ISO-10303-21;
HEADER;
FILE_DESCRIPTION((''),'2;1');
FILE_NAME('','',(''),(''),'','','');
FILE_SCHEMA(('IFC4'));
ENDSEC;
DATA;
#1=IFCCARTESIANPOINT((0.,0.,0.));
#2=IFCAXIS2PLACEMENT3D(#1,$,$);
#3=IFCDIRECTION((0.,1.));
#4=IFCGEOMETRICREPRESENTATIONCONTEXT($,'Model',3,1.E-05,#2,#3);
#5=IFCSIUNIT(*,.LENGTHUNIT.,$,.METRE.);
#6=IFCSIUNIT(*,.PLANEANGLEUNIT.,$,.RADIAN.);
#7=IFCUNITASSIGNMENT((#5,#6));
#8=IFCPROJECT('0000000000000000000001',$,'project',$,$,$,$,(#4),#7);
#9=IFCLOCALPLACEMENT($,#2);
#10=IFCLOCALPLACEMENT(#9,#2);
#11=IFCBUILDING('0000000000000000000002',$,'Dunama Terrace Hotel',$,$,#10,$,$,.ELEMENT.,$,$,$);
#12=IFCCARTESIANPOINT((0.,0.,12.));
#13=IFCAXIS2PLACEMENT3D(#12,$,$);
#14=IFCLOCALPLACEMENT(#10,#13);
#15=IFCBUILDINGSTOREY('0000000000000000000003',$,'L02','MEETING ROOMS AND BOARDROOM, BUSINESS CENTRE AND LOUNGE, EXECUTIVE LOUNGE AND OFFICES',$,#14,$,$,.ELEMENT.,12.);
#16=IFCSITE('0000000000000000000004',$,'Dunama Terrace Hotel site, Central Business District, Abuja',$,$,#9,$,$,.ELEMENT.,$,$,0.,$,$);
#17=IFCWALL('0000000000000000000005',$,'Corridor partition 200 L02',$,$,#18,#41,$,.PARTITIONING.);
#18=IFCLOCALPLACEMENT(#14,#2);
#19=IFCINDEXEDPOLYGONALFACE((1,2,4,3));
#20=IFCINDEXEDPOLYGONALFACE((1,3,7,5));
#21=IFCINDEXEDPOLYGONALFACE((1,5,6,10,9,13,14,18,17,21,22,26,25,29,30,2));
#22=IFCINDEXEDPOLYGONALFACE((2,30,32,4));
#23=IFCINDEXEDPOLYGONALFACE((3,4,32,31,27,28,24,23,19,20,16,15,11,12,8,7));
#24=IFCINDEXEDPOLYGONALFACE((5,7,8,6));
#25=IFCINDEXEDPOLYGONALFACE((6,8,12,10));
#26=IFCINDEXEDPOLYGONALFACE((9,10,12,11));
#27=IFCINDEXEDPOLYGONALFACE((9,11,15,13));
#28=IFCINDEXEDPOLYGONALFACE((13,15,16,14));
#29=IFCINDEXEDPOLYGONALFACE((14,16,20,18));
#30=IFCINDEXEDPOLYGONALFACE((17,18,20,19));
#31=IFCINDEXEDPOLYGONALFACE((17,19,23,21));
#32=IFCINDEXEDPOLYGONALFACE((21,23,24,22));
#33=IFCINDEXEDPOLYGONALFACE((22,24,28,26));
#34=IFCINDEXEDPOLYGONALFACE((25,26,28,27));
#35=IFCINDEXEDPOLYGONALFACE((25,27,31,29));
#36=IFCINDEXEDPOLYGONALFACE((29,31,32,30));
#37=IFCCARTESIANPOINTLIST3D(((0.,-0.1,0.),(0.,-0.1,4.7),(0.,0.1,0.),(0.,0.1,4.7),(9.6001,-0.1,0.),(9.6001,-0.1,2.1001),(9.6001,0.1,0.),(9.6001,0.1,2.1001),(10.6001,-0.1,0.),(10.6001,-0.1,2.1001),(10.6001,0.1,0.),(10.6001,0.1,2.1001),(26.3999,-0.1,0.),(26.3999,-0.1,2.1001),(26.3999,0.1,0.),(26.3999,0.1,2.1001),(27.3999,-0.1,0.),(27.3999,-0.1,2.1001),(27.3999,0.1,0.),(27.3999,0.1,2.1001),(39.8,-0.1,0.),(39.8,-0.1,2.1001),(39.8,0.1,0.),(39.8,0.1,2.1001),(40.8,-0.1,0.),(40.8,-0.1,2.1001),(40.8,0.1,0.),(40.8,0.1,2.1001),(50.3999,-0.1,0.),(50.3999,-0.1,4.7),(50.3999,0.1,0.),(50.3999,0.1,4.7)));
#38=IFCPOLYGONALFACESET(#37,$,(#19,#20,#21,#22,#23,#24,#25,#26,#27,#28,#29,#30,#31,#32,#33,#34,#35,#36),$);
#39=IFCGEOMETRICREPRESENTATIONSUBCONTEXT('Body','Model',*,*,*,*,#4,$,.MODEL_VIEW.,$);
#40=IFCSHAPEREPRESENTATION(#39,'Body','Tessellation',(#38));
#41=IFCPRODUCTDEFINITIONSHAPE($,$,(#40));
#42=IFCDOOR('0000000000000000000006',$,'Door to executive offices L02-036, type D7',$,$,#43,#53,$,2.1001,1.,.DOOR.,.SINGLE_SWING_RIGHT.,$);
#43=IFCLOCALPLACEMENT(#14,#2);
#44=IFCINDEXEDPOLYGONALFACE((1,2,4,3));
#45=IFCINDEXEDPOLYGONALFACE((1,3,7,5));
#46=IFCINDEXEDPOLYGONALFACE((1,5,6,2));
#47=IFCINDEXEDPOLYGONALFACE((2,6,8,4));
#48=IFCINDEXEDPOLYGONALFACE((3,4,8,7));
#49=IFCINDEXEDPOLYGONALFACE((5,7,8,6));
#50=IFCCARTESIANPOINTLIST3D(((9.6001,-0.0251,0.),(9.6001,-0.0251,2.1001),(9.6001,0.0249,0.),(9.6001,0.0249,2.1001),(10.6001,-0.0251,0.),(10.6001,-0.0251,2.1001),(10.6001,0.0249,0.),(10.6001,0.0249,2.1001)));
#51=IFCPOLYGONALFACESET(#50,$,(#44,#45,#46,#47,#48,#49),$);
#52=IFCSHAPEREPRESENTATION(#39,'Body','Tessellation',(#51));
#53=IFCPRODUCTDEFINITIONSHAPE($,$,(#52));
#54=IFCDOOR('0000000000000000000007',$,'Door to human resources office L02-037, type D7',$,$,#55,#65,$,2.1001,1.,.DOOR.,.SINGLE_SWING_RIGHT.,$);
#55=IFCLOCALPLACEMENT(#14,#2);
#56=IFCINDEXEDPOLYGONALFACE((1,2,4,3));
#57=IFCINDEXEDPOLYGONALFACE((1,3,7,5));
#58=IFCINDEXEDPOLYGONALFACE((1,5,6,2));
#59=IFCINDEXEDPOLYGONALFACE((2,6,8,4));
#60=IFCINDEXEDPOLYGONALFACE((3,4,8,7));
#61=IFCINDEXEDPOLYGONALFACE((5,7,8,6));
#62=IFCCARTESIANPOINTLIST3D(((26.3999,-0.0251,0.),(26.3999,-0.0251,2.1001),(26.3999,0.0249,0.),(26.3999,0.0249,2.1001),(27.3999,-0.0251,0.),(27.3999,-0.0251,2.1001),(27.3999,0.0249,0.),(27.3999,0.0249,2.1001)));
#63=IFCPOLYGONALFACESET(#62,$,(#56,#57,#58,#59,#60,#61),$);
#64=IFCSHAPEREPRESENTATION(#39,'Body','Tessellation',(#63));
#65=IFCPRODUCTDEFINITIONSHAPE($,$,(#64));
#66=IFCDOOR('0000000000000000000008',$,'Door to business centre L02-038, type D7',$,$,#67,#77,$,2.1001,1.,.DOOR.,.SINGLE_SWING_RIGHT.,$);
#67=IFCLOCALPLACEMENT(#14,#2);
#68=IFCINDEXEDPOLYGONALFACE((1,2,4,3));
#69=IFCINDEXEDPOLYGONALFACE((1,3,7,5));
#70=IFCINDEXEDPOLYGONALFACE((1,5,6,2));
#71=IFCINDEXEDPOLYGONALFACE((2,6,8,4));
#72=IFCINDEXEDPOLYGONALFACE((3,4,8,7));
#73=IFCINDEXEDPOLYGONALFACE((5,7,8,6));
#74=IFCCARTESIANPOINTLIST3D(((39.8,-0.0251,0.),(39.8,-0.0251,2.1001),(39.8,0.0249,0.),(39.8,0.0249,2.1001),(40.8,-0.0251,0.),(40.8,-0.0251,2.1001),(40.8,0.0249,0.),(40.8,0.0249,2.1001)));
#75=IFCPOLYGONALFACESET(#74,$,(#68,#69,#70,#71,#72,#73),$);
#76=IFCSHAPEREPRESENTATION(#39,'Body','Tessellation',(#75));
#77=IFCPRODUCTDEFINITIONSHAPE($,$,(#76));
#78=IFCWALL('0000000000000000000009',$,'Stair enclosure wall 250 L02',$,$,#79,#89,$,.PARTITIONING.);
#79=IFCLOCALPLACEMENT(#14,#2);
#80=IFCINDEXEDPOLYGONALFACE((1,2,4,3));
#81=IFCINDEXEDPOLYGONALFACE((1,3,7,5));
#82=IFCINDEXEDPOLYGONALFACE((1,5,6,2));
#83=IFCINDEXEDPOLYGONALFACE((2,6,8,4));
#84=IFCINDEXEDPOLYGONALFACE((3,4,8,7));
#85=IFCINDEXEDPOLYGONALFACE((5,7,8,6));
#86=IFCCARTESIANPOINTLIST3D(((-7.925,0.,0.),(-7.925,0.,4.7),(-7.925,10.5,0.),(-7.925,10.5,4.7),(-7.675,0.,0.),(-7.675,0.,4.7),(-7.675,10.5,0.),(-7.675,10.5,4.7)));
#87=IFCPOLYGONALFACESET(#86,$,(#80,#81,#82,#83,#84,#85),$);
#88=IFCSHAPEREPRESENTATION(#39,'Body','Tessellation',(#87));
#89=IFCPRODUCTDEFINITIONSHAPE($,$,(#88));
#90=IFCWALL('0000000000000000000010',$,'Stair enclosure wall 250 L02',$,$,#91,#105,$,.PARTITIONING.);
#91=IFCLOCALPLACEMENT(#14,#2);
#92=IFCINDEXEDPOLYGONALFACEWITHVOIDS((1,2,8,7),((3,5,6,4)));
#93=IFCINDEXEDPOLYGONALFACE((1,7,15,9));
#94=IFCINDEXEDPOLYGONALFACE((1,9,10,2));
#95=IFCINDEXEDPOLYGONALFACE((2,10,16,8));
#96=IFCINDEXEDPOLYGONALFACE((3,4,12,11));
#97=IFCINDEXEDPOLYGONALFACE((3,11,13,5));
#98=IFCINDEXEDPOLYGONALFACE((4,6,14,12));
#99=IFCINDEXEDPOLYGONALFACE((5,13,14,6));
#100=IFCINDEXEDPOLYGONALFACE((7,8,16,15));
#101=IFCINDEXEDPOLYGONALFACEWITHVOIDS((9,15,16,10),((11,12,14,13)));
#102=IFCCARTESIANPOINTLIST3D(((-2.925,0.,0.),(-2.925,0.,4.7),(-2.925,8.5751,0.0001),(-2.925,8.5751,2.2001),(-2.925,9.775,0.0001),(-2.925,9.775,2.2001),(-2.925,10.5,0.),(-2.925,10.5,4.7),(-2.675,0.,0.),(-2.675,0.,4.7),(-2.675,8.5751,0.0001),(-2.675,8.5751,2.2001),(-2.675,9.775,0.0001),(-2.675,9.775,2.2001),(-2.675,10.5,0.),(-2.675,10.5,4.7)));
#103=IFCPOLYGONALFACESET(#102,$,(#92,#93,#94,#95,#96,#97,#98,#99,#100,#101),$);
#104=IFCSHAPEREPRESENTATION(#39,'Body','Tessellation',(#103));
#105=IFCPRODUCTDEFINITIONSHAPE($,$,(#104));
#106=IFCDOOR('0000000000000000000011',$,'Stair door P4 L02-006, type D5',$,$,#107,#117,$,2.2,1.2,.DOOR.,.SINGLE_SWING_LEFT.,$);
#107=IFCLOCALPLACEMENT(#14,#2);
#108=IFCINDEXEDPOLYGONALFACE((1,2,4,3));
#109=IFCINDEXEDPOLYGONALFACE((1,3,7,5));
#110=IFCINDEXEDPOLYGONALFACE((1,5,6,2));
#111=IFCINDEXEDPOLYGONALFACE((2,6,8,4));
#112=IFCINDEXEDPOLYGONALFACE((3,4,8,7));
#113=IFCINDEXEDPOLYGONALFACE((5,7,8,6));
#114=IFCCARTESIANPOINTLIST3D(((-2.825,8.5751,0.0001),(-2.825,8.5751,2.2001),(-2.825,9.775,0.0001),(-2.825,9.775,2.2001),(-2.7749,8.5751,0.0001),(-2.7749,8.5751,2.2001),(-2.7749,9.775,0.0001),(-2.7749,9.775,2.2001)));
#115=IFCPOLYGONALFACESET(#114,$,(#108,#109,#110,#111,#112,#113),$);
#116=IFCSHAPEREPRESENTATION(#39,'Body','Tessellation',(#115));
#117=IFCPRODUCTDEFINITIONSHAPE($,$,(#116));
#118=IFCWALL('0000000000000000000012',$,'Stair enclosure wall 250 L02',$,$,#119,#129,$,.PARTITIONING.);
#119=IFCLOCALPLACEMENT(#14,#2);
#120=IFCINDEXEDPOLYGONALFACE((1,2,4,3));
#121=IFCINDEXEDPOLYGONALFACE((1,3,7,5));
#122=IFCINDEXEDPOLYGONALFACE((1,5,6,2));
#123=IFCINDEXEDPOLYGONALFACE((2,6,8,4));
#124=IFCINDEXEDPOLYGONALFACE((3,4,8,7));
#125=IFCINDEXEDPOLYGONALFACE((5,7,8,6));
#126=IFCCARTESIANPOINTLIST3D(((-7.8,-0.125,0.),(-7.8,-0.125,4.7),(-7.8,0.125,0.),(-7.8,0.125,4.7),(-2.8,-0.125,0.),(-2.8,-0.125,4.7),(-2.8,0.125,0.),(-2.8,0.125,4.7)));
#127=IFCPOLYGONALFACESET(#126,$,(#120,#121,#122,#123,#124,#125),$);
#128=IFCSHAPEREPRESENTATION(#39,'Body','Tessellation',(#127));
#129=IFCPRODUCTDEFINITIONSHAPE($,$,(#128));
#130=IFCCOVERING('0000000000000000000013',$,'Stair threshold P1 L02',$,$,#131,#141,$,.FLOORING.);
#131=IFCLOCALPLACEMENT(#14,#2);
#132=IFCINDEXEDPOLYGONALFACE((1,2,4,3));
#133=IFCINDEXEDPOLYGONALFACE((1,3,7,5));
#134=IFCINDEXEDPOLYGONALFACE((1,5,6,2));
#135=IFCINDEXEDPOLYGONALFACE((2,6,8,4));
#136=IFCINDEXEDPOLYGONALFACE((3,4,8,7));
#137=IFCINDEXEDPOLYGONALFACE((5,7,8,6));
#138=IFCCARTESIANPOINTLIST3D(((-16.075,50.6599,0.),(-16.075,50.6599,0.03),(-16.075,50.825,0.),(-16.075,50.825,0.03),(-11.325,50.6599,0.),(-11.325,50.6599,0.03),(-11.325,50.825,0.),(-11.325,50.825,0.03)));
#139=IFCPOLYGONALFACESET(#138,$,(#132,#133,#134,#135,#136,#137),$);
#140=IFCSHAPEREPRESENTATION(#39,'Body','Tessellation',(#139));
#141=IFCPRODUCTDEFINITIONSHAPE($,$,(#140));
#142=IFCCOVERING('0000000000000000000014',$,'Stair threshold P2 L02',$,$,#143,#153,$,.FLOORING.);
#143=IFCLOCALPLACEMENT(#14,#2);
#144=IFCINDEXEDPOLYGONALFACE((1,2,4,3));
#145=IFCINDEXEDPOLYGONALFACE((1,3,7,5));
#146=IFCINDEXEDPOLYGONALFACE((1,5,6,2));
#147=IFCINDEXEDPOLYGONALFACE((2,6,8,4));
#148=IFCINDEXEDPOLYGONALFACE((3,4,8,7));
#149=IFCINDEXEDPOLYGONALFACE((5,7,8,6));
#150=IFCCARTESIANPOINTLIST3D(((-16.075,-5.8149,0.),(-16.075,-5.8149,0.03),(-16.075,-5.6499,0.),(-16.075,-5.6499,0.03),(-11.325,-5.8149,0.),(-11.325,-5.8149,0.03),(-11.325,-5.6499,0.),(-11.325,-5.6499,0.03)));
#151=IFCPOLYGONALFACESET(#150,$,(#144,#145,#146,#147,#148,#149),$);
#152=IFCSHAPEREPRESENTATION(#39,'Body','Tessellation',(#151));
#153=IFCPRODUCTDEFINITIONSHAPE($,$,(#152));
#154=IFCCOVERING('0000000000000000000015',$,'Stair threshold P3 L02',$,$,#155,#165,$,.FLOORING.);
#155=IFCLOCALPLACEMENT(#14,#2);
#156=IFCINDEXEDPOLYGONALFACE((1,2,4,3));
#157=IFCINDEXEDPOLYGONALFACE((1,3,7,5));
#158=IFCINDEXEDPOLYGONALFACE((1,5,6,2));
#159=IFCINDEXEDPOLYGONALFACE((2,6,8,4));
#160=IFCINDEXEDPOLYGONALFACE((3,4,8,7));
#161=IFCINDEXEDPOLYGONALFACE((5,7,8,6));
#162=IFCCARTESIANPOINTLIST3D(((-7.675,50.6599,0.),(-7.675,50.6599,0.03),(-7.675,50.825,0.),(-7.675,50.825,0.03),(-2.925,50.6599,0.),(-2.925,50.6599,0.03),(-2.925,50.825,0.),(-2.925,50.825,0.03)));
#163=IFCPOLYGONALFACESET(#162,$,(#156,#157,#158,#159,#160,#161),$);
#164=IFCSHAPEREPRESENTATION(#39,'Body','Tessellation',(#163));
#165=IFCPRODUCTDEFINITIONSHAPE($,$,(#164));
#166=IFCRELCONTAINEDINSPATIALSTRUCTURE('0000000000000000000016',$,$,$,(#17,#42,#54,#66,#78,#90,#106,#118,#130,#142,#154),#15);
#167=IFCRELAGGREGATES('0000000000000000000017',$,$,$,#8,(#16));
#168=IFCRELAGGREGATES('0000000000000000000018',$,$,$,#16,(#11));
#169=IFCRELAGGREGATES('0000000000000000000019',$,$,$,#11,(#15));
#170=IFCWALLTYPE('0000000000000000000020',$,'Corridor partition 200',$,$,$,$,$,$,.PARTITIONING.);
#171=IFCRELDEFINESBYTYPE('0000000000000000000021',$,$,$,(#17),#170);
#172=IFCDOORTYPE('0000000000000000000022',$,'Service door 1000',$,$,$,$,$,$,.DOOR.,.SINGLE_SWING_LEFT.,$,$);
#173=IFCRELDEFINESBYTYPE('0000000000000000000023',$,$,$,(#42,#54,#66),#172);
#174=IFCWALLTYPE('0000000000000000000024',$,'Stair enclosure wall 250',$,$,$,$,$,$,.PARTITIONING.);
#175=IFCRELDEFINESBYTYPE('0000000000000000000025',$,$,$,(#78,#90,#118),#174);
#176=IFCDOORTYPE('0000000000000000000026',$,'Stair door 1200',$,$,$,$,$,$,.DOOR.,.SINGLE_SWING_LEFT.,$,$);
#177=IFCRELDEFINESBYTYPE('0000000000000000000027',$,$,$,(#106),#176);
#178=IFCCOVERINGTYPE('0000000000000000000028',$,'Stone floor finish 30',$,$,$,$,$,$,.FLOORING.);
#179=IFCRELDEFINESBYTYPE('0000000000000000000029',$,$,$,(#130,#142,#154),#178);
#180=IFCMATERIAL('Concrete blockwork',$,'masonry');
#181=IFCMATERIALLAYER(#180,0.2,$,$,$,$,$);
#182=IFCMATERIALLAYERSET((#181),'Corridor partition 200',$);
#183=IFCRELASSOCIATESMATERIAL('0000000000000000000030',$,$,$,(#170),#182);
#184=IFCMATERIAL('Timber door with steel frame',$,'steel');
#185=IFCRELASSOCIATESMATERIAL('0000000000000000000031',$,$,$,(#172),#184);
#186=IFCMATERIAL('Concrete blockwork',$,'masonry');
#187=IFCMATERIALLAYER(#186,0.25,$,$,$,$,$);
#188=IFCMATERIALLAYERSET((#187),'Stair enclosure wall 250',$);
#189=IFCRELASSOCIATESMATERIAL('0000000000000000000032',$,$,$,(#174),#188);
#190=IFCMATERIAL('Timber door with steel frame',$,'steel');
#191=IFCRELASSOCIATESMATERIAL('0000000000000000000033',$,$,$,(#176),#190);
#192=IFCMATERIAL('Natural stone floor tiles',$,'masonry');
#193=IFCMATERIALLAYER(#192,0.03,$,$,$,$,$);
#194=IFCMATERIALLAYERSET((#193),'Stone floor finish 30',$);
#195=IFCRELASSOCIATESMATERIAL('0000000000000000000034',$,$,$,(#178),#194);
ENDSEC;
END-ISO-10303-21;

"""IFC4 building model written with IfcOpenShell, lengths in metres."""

from ifc_helpers import new_model, si_unit, direction, frame, frame_2d, origin, origin_with_axes, place, context, subcontext, project, spatial, polyline, rectangle, outline, extrude, material, layer, layer_set, type_object, element, fill, save


model = new_model("IFC4")

# Units and contexts
model_context = context("Model", 3, precision=1e-05, world=origin(), true_north=direction((0.0, 1.0)))
body_context = subcontext(model_context, "Body", "Model", "MODEL_VIEW")
ifc_project = project(units=[si_unit("LENGTHUNIT", "METRE"), si_unit("PLANEANGLEUNIT", "RADIAN")], contexts=[model_context])

# Site, building, storey
site_placement = place(None, origin())
site = spatial("IfcSite", under=ifc_project, at=site_placement, Name="Dunama Terrace Hotel site, Central Business District, Abuja", CompositionType="ELEMENT", RefElevation=0.0)
building_placement = place(site_placement, origin())
building = spatial("IfcBuilding", under=site, at=building_placement, Name="Dunama Terrace Hotel", CompositionType="ELEMENT")
storey_placement = place(building_placement, frame((0.0, 0.0, 12.0)))
storey = spatial("IfcBuildingStorey", under=building, at=storey_placement, Name="L02", Description="MEETING ROOMS AND BOARDROOM, BUSINESS CENTRE AND LOUNGE, EXECUTIVE LOUNGE AND OFFICES", CompositionType="ELEMENT", Elevation=12.0)

# Shared definitions
ifc_material_1 = material(Name="Concrete blockwork", Category="masonry")
ifc_layer_1 = layer(ifc_material_1, 0.2)
ifc_layer_set_1 = layer_set([ifc_layer_1], Name="Corridor partition 200")
wall_type_1 = type_object("IfcWallType", Name="Corridor partition 200", PredefinedType="PARTITIONING", material=ifc_layer_set_1)

# Wall, openings, doors
wall_1_placement = place(storey_placement, origin_with_axes())
wall_1 = element("IfcWall", 1, at=wall_1_placement, inside=storey, type_object=wall_type_1, Name="Corridor partition 200 L02", PredefinedType="PARTITIONING", context=body_context, shape_type="SweptSolid", body=[
    extrude(rectangle(XDim=50.3999, YDim=0.2, at=frame_2d((25.2, 0.0))), origin(), (0.0, 0.0, 1.0), 4.7),
])
opening_1_placement = place(wall_1_placement, frame((9.6001, 0.0, 0.0)))
opening_1 = element("IfcOpeningElement", 2, at=opening_1_placement, cuts=wall_1, PredefinedType="OPENING", context=body_context, shape_type="SweptSolid", body=[
    extrude(rectangle(XDim=1.0, YDim=2.1001, at=frame_2d((0.5, 1.05))), frame((0.0, 0.1099, 0.0), z_axis=(0.0, -1.0, 0.0), x_axis=(1.0, 0.0, 0.0)), (0.0, 0.0, 1.0), 0.22),
])
opening_2_placement = place(wall_1_placement, frame((26.3999, 0.0, 0.0)))
opening_2 = element("IfcOpeningElement", 3, at=opening_2_placement, cuts=wall_1, PredefinedType="OPENING", context=body_context, shape_type="SweptSolid", body=[
    extrude(rectangle(XDim=1.0, YDim=2.1001, at=frame_2d((0.5, 1.05))), frame((0.0, 0.1099, 0.0), z_axis=(0.0, -1.0, 0.0), x_axis=(1.0, 0.0, 0.0)), (0.0, 0.0, 1.0), 0.22),
])
opening_3_placement = place(wall_1_placement, frame((39.8, 0.0, 0.0)))
opening_3 = element("IfcOpeningElement", 4, at=opening_3_placement, cuts=wall_1, PredefinedType="OPENING", context=body_context, shape_type="SweptSolid", body=[
    extrude(rectangle(XDim=1.0, YDim=2.1001, at=frame_2d((0.5, 1.05))), frame((0.0, 0.1099, 0.0), z_axis=(0.0, -1.0, 0.0), x_axis=(1.0, 0.0, 0.0)), (0.0, 0.0, 1.0), 0.22),
])
ifc_material_2 = material(Name="Timber door with steel frame", Category="steel")
door_type_1 = type_object("IfcDoorType", Name="Service door 1000", OperationType="SINGLE_SWING_LEFT", PredefinedType="DOOR", material=ifc_material_2)
door_1_placement = place(opening_1_placement, frame((1.0, 0.0, 0.0), z_axis=(0.0, 0.0, 1.0), x_axis=(-1.0, 0.0, 0.0)))
door_1 = element("IfcDoor", 5, at=door_1_placement, inside=storey, type_object=door_type_1, Name="Door to executive offices L02-036, type D7", OperationType="SINGLE_SWING_RIGHT", OverallHeight=2.1001, OverallWidth=1.0, PredefinedType="DOOR", context=body_context, shape_type="SweptSolid", body=[
    extrude(rectangle(XDim=1.0, YDim=2.1001, at=frame_2d((0.5, 1.05))), frame((0.0, 0.0251, 0.0), z_axis=(0.0, -1.0, 0.0), x_axis=(1.0, 0.0, 0.0)), (0.0, 0.0, 1.0), 0.05),
])
fill(opening_1, door_1)
door_2_placement = place(opening_2_placement, frame((1.0, 0.0, 0.0), z_axis=(0.0, 0.0, 1.0), x_axis=(-1.0, 0.0, 0.0)))
door_2 = element("IfcDoor", 6, at=door_2_placement, inside=storey, type_object=door_type_1, Name="Door to human resources office L02-037, type D7", OperationType="SINGLE_SWING_RIGHT", OverallHeight=2.1001, OverallWidth=1.0, PredefinedType="DOOR", context=body_context, shape_type="SweptSolid", body=[
    extrude(rectangle(XDim=1.0, YDim=2.1001, at=frame_2d((0.5, 1.05))), frame((0.0, 0.0251, 0.0), z_axis=(0.0, -1.0, 0.0), x_axis=(1.0, 0.0, 0.0)), (0.0, 0.0, 1.0), 0.05),
])
fill(opening_2, door_2)
door_3_placement = place(opening_3_placement, origin())
door_3 = element("IfcDoor", 7, at=door_3_placement, inside=storey, type_object=door_type_1, Name="Door to business centre L02-038, type D7", OperationType="SINGLE_SWING_RIGHT", OverallHeight=2.1001, OverallWidth=1.0, PredefinedType="DOOR", context=body_context, shape_type="SweptSolid", body=[
    extrude(rectangle(XDim=1.0, YDim=2.1001, at=frame_2d((0.5, 1.05))), frame((0.0, 0.0249, 0.0), z_axis=(0.0, -1.0, 0.0), x_axis=(1.0, 0.0, 0.0)), (0.0, 0.0, 1.0), 0.05),
])
fill(opening_3, door_3)

# Wall
ifc_material_3 = material(Name="Concrete blockwork", Category="masonry")
ifc_layer_2 = layer(ifc_material_3, 0.25)
ifc_layer_set_2 = layer_set([ifc_layer_2], Name="Stair enclosure wall 250")
wall_type_2 = type_object("IfcWallType", Name="Stair enclosure wall 250", PredefinedType="PARTITIONING", material=ifc_layer_set_2)
wall_2_placement = place(storey_placement, frame((-7.8, 0.0, 0.0), z_axis=(0.0, 0.0, 1.0), x_axis=(0.0, 1.0, 0.0)))
element("IfcWall", 8, at=wall_2_placement, inside=storey, type_object=wall_type_2, Name="Stair enclosure wall 250 L02", PredefinedType="PARTITIONING", context=body_context, shape_type="SweptSolid", body=[
    extrude(rectangle(XDim=10.5, YDim=0.25, at=frame_2d((5.25, 0.0))), origin(), (0.0, 0.0, 1.0), 4.7),
])

# Wall, opening, door
wall_3_placement = place(storey_placement, frame((-2.8, 0.0, 0.0), z_axis=(0.0, 0.0, 1.0), x_axis=(0.0, 1.0, 0.0)))
wall_3 = element("IfcWall", 9, at=wall_3_placement, inside=storey, type_object=wall_type_2, Name="Stair enclosure wall 250 L02", PredefinedType="PARTITIONING", context=body_context, shape_type="SweptSolid", body=[
    extrude(rectangle(XDim=10.5, YDim=0.25, at=frame_2d((5.25, 0.0))), origin(), (0.0, 0.0, 1.0), 4.7),
])
opening_4_placement = place(wall_3_placement, frame((8.575, 0.0, 0.0)))
opening_4 = element("IfcOpeningElement", 10, at=opening_4_placement, cuts=wall_3, PredefinedType="OPENING", context=body_context, shape_type="SweptSolid", body=[
    extrude(rectangle(XDim=1.2, YDim=2.2, at=frame_2d((0.6001, 1.1001))), frame((0.0, 0.135, 0.0), z_axis=(0.0, -1.0, 0.0), x_axis=(1.0, 0.0, 0.0)), (0.0, 0.0, 1.0), 0.27),
])
ifc_material_4 = material(Name="Timber door with steel frame", Category="steel")
door_type_2 = type_object("IfcDoorType", Name="Stair door 1200", OperationType="SINGLE_SWING_LEFT", PredefinedType="DOOR", material=ifc_material_4)
door_4_placement = place(opening_4_placement, origin())
door_4 = element("IfcDoor", 11, at=door_4_placement, inside=storey, type_object=door_type_2, Name="Stair door P4 L02-006, type D5", OperationType="SINGLE_SWING_LEFT", OverallHeight=2.2, OverallWidth=1.2, PredefinedType="DOOR", context=body_context, shape_type="SweptSolid", body=[
    extrude(rectangle(XDim=1.2, YDim=2.2, at=frame_2d((0.6001, 1.1001))), frame((0.0, 0.0249, 0.0), z_axis=(0.0, -1.0, 0.0), x_axis=(1.0, 0.0, 0.0)), (0.0, 0.0, 1.0), 0.05),
])
fill(opening_4, door_4)

# Wall
wall_4_placement = place(storey_placement, frame((-7.8, 0.0, 0.0), z_axis=(0.0, 0.0, 1.0), x_axis=(1.0, 0.0, 0.0)))
element("IfcWall", 12, at=wall_4_placement, inside=storey, type_object=wall_type_2, Name="Stair enclosure wall 250 L02", PredefinedType="PARTITIONING", context=body_context, shape_type="SweptSolid", body=[
    extrude(rectangle(XDim=5.0, YDim=0.25, at=frame_2d((2.5, 0.0))), origin(), (0.0, 0.0, 1.0), 4.7),
])

# Coverings
ifc_material_5 = material(Name="Natural stone floor tiles", Category="masonry")
ifc_layer_3 = layer(ifc_material_5, 0.03)
ifc_layer_set_3 = layer_set([ifc_layer_3], Name="Stone floor finish 30")
covering_type = type_object("IfcCoveringType", Name="Stone floor finish 30", PredefinedType="FLOORING", material=ifc_layer_set_3)
covering_1_placement = place(storey_placement, origin())
element("IfcCovering", 13, at=covering_1_placement, inside=storey, type_object=covering_type, Name="Stair threshold P1 L02", PredefinedType="FLOORING", context=body_context, shape_type="SweptSolid", body=[
    extrude(outline(polyline([(-11.325, 50.6599), (-11.325, 50.825), (-16.075, 50.825), (-16.075, 50.6599), (-11.325, 50.6599)])), origin(), (0.0, 0.0, 1.0), 0.03),
])
covering_2_placement = place(storey_placement, origin())
element("IfcCovering", 14, at=covering_2_placement, inside=storey, type_object=covering_type, Name="Stair threshold P2 L02", PredefinedType="FLOORING", context=body_context, shape_type="SweptSolid", body=[
    extrude(outline(polyline([(-11.325, -5.8149), (-11.325, -5.6499), (-16.075, -5.6499), (-16.075, -5.8149), (-11.325, -5.8149)])), origin(), (0.0, 0.0, 1.0), 0.03),
])
covering_3_placement = place(storey_placement, origin())
element("IfcCovering", 15, at=covering_3_placement, inside=storey, type_object=covering_type, Name="Stair threshold P3 L02", PredefinedType="FLOORING", context=body_context, shape_type="SweptSolid", body=[
    extrude(outline(polyline([(-2.925, 50.6599), (-2.925, 50.825), (-7.675, 50.825), (-7.675, 50.6599), (-2.925, 50.6599)])), origin(), (0.0, 0.0, 1.0), 0.03),
])

save(model, "model.ifc")
